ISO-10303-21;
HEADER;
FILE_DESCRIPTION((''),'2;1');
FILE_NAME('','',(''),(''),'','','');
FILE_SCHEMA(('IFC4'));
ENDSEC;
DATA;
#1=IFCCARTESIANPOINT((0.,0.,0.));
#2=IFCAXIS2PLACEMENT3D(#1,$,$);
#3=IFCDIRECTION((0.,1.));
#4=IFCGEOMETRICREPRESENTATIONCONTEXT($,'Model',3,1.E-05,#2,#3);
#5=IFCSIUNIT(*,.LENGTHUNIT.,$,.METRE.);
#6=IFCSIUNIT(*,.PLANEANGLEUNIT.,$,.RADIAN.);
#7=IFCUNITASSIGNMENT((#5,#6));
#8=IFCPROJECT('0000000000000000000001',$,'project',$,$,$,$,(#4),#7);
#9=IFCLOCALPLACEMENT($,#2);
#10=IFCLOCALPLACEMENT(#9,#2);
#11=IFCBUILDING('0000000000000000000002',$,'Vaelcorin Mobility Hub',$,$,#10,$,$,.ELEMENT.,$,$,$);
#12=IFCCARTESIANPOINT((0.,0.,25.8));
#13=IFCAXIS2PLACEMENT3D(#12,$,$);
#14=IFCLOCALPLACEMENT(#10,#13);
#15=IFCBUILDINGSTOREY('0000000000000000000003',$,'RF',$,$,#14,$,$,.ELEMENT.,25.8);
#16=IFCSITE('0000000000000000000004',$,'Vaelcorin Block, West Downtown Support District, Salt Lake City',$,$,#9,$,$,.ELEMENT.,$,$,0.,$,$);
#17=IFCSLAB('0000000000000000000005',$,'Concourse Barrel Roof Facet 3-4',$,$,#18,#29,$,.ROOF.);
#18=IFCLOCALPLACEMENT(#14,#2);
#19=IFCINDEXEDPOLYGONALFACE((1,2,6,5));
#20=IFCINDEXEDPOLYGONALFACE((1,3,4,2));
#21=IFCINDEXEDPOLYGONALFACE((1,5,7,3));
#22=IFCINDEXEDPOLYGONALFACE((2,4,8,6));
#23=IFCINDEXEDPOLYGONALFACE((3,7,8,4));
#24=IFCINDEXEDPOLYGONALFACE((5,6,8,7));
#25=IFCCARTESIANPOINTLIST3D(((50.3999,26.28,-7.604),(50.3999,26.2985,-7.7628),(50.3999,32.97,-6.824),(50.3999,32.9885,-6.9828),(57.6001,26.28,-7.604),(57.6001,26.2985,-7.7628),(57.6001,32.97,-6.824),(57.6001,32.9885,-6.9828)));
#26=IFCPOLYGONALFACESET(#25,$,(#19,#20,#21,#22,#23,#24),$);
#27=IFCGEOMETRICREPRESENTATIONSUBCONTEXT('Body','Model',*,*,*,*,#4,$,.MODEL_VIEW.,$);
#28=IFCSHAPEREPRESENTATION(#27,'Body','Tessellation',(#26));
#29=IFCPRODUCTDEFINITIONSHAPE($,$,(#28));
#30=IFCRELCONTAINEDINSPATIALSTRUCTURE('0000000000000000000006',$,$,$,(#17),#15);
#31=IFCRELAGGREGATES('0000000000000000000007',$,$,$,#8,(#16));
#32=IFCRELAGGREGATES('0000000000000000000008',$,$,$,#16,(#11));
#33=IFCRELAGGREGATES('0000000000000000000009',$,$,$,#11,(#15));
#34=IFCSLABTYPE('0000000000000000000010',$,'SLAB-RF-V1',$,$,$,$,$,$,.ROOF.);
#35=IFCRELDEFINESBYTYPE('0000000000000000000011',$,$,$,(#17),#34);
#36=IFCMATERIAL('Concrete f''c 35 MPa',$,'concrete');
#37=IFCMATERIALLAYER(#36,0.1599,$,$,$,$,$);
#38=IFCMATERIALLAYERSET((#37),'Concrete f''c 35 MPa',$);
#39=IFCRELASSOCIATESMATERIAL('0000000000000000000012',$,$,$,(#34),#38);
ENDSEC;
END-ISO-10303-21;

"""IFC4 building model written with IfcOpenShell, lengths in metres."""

from ifc_helpers import new_model, si_unit, direction, frame, origin, place, context, subcontext, project, spatial, polyline, outline, extrude, material, layer, layer_set, type_object, element, save


model = new_model("IFC4")

# Units and contexts
model_context = context("Model", 3, precision=1e-05, world=origin(), true_north=direction((0.0, 1.0)))
body_context = subcontext(model_context, "Body", "Model", "MODEL_VIEW")
ifc_project = project(units=[si_unit("LENGTHUNIT", "METRE"), si_unit("PLANEANGLEUNIT", "RADIAN")], contexts=[model_context])

# Site, building, storey
site_placement = place(None, origin())
site = spatial("IfcSite", under=ifc_project, at=site_placement, Name="Vaelcorin Block, West Downtown Support District, Salt Lake City", CompositionType="ELEMENT", RefElevation=0.0)
building_placement = place(site_placement, origin())
building = spatial("IfcBuilding", under=site, at=building_placement, Name="Vaelcorin Mobility Hub", CompositionType="ELEMENT")
storey_placement = place(building_placement, frame((0.0, 0.0, 25.8)))
storey = spatial("IfcBuildingStorey", under=building, at=storey_placement, Name="RF", CompositionType="ELEMENT", Elevation=25.8)

# Slab
ifc_material_1 = material(Name="Concrete f'c 35 MPa", Category="concrete")
ifc_layer_1 = layer(ifc_material_1, 0.1599)
ifc_layer_set_1 = layer_set([ifc_layer_1], Name="Concrete f'c 35 MPa")
slab_type = type_object("IfcSlabType", Name="SLAB-RF-V1", PredefinedType="ROOF", material=ifc_layer_set_1)
slab_1_placement = place(storey_placement, frame((50.3999, 26.28, -7.604), z_axis=(0.0, -0.115813, 0.993271), x_axis=(1.0, 0.0, 0.0)))
element("IfcSlab", 1, at=slab_1_placement, inside=storey, type_object=slab_type, Name="Concourse Barrel Roof Facet 3-4", PredefinedType="ROOF", context=body_context, shape_type="SweptSolid", body=[
    extrude(outline(polyline([(0.0, 0.0), (7.2002, 0.0), (7.2002, 6.7353), (0.0, 6.7353), (0.0, 0.0)])), origin(), (0.0, 0.0, -1.0), 0.1599),
])

save(model, "model.ifc")
